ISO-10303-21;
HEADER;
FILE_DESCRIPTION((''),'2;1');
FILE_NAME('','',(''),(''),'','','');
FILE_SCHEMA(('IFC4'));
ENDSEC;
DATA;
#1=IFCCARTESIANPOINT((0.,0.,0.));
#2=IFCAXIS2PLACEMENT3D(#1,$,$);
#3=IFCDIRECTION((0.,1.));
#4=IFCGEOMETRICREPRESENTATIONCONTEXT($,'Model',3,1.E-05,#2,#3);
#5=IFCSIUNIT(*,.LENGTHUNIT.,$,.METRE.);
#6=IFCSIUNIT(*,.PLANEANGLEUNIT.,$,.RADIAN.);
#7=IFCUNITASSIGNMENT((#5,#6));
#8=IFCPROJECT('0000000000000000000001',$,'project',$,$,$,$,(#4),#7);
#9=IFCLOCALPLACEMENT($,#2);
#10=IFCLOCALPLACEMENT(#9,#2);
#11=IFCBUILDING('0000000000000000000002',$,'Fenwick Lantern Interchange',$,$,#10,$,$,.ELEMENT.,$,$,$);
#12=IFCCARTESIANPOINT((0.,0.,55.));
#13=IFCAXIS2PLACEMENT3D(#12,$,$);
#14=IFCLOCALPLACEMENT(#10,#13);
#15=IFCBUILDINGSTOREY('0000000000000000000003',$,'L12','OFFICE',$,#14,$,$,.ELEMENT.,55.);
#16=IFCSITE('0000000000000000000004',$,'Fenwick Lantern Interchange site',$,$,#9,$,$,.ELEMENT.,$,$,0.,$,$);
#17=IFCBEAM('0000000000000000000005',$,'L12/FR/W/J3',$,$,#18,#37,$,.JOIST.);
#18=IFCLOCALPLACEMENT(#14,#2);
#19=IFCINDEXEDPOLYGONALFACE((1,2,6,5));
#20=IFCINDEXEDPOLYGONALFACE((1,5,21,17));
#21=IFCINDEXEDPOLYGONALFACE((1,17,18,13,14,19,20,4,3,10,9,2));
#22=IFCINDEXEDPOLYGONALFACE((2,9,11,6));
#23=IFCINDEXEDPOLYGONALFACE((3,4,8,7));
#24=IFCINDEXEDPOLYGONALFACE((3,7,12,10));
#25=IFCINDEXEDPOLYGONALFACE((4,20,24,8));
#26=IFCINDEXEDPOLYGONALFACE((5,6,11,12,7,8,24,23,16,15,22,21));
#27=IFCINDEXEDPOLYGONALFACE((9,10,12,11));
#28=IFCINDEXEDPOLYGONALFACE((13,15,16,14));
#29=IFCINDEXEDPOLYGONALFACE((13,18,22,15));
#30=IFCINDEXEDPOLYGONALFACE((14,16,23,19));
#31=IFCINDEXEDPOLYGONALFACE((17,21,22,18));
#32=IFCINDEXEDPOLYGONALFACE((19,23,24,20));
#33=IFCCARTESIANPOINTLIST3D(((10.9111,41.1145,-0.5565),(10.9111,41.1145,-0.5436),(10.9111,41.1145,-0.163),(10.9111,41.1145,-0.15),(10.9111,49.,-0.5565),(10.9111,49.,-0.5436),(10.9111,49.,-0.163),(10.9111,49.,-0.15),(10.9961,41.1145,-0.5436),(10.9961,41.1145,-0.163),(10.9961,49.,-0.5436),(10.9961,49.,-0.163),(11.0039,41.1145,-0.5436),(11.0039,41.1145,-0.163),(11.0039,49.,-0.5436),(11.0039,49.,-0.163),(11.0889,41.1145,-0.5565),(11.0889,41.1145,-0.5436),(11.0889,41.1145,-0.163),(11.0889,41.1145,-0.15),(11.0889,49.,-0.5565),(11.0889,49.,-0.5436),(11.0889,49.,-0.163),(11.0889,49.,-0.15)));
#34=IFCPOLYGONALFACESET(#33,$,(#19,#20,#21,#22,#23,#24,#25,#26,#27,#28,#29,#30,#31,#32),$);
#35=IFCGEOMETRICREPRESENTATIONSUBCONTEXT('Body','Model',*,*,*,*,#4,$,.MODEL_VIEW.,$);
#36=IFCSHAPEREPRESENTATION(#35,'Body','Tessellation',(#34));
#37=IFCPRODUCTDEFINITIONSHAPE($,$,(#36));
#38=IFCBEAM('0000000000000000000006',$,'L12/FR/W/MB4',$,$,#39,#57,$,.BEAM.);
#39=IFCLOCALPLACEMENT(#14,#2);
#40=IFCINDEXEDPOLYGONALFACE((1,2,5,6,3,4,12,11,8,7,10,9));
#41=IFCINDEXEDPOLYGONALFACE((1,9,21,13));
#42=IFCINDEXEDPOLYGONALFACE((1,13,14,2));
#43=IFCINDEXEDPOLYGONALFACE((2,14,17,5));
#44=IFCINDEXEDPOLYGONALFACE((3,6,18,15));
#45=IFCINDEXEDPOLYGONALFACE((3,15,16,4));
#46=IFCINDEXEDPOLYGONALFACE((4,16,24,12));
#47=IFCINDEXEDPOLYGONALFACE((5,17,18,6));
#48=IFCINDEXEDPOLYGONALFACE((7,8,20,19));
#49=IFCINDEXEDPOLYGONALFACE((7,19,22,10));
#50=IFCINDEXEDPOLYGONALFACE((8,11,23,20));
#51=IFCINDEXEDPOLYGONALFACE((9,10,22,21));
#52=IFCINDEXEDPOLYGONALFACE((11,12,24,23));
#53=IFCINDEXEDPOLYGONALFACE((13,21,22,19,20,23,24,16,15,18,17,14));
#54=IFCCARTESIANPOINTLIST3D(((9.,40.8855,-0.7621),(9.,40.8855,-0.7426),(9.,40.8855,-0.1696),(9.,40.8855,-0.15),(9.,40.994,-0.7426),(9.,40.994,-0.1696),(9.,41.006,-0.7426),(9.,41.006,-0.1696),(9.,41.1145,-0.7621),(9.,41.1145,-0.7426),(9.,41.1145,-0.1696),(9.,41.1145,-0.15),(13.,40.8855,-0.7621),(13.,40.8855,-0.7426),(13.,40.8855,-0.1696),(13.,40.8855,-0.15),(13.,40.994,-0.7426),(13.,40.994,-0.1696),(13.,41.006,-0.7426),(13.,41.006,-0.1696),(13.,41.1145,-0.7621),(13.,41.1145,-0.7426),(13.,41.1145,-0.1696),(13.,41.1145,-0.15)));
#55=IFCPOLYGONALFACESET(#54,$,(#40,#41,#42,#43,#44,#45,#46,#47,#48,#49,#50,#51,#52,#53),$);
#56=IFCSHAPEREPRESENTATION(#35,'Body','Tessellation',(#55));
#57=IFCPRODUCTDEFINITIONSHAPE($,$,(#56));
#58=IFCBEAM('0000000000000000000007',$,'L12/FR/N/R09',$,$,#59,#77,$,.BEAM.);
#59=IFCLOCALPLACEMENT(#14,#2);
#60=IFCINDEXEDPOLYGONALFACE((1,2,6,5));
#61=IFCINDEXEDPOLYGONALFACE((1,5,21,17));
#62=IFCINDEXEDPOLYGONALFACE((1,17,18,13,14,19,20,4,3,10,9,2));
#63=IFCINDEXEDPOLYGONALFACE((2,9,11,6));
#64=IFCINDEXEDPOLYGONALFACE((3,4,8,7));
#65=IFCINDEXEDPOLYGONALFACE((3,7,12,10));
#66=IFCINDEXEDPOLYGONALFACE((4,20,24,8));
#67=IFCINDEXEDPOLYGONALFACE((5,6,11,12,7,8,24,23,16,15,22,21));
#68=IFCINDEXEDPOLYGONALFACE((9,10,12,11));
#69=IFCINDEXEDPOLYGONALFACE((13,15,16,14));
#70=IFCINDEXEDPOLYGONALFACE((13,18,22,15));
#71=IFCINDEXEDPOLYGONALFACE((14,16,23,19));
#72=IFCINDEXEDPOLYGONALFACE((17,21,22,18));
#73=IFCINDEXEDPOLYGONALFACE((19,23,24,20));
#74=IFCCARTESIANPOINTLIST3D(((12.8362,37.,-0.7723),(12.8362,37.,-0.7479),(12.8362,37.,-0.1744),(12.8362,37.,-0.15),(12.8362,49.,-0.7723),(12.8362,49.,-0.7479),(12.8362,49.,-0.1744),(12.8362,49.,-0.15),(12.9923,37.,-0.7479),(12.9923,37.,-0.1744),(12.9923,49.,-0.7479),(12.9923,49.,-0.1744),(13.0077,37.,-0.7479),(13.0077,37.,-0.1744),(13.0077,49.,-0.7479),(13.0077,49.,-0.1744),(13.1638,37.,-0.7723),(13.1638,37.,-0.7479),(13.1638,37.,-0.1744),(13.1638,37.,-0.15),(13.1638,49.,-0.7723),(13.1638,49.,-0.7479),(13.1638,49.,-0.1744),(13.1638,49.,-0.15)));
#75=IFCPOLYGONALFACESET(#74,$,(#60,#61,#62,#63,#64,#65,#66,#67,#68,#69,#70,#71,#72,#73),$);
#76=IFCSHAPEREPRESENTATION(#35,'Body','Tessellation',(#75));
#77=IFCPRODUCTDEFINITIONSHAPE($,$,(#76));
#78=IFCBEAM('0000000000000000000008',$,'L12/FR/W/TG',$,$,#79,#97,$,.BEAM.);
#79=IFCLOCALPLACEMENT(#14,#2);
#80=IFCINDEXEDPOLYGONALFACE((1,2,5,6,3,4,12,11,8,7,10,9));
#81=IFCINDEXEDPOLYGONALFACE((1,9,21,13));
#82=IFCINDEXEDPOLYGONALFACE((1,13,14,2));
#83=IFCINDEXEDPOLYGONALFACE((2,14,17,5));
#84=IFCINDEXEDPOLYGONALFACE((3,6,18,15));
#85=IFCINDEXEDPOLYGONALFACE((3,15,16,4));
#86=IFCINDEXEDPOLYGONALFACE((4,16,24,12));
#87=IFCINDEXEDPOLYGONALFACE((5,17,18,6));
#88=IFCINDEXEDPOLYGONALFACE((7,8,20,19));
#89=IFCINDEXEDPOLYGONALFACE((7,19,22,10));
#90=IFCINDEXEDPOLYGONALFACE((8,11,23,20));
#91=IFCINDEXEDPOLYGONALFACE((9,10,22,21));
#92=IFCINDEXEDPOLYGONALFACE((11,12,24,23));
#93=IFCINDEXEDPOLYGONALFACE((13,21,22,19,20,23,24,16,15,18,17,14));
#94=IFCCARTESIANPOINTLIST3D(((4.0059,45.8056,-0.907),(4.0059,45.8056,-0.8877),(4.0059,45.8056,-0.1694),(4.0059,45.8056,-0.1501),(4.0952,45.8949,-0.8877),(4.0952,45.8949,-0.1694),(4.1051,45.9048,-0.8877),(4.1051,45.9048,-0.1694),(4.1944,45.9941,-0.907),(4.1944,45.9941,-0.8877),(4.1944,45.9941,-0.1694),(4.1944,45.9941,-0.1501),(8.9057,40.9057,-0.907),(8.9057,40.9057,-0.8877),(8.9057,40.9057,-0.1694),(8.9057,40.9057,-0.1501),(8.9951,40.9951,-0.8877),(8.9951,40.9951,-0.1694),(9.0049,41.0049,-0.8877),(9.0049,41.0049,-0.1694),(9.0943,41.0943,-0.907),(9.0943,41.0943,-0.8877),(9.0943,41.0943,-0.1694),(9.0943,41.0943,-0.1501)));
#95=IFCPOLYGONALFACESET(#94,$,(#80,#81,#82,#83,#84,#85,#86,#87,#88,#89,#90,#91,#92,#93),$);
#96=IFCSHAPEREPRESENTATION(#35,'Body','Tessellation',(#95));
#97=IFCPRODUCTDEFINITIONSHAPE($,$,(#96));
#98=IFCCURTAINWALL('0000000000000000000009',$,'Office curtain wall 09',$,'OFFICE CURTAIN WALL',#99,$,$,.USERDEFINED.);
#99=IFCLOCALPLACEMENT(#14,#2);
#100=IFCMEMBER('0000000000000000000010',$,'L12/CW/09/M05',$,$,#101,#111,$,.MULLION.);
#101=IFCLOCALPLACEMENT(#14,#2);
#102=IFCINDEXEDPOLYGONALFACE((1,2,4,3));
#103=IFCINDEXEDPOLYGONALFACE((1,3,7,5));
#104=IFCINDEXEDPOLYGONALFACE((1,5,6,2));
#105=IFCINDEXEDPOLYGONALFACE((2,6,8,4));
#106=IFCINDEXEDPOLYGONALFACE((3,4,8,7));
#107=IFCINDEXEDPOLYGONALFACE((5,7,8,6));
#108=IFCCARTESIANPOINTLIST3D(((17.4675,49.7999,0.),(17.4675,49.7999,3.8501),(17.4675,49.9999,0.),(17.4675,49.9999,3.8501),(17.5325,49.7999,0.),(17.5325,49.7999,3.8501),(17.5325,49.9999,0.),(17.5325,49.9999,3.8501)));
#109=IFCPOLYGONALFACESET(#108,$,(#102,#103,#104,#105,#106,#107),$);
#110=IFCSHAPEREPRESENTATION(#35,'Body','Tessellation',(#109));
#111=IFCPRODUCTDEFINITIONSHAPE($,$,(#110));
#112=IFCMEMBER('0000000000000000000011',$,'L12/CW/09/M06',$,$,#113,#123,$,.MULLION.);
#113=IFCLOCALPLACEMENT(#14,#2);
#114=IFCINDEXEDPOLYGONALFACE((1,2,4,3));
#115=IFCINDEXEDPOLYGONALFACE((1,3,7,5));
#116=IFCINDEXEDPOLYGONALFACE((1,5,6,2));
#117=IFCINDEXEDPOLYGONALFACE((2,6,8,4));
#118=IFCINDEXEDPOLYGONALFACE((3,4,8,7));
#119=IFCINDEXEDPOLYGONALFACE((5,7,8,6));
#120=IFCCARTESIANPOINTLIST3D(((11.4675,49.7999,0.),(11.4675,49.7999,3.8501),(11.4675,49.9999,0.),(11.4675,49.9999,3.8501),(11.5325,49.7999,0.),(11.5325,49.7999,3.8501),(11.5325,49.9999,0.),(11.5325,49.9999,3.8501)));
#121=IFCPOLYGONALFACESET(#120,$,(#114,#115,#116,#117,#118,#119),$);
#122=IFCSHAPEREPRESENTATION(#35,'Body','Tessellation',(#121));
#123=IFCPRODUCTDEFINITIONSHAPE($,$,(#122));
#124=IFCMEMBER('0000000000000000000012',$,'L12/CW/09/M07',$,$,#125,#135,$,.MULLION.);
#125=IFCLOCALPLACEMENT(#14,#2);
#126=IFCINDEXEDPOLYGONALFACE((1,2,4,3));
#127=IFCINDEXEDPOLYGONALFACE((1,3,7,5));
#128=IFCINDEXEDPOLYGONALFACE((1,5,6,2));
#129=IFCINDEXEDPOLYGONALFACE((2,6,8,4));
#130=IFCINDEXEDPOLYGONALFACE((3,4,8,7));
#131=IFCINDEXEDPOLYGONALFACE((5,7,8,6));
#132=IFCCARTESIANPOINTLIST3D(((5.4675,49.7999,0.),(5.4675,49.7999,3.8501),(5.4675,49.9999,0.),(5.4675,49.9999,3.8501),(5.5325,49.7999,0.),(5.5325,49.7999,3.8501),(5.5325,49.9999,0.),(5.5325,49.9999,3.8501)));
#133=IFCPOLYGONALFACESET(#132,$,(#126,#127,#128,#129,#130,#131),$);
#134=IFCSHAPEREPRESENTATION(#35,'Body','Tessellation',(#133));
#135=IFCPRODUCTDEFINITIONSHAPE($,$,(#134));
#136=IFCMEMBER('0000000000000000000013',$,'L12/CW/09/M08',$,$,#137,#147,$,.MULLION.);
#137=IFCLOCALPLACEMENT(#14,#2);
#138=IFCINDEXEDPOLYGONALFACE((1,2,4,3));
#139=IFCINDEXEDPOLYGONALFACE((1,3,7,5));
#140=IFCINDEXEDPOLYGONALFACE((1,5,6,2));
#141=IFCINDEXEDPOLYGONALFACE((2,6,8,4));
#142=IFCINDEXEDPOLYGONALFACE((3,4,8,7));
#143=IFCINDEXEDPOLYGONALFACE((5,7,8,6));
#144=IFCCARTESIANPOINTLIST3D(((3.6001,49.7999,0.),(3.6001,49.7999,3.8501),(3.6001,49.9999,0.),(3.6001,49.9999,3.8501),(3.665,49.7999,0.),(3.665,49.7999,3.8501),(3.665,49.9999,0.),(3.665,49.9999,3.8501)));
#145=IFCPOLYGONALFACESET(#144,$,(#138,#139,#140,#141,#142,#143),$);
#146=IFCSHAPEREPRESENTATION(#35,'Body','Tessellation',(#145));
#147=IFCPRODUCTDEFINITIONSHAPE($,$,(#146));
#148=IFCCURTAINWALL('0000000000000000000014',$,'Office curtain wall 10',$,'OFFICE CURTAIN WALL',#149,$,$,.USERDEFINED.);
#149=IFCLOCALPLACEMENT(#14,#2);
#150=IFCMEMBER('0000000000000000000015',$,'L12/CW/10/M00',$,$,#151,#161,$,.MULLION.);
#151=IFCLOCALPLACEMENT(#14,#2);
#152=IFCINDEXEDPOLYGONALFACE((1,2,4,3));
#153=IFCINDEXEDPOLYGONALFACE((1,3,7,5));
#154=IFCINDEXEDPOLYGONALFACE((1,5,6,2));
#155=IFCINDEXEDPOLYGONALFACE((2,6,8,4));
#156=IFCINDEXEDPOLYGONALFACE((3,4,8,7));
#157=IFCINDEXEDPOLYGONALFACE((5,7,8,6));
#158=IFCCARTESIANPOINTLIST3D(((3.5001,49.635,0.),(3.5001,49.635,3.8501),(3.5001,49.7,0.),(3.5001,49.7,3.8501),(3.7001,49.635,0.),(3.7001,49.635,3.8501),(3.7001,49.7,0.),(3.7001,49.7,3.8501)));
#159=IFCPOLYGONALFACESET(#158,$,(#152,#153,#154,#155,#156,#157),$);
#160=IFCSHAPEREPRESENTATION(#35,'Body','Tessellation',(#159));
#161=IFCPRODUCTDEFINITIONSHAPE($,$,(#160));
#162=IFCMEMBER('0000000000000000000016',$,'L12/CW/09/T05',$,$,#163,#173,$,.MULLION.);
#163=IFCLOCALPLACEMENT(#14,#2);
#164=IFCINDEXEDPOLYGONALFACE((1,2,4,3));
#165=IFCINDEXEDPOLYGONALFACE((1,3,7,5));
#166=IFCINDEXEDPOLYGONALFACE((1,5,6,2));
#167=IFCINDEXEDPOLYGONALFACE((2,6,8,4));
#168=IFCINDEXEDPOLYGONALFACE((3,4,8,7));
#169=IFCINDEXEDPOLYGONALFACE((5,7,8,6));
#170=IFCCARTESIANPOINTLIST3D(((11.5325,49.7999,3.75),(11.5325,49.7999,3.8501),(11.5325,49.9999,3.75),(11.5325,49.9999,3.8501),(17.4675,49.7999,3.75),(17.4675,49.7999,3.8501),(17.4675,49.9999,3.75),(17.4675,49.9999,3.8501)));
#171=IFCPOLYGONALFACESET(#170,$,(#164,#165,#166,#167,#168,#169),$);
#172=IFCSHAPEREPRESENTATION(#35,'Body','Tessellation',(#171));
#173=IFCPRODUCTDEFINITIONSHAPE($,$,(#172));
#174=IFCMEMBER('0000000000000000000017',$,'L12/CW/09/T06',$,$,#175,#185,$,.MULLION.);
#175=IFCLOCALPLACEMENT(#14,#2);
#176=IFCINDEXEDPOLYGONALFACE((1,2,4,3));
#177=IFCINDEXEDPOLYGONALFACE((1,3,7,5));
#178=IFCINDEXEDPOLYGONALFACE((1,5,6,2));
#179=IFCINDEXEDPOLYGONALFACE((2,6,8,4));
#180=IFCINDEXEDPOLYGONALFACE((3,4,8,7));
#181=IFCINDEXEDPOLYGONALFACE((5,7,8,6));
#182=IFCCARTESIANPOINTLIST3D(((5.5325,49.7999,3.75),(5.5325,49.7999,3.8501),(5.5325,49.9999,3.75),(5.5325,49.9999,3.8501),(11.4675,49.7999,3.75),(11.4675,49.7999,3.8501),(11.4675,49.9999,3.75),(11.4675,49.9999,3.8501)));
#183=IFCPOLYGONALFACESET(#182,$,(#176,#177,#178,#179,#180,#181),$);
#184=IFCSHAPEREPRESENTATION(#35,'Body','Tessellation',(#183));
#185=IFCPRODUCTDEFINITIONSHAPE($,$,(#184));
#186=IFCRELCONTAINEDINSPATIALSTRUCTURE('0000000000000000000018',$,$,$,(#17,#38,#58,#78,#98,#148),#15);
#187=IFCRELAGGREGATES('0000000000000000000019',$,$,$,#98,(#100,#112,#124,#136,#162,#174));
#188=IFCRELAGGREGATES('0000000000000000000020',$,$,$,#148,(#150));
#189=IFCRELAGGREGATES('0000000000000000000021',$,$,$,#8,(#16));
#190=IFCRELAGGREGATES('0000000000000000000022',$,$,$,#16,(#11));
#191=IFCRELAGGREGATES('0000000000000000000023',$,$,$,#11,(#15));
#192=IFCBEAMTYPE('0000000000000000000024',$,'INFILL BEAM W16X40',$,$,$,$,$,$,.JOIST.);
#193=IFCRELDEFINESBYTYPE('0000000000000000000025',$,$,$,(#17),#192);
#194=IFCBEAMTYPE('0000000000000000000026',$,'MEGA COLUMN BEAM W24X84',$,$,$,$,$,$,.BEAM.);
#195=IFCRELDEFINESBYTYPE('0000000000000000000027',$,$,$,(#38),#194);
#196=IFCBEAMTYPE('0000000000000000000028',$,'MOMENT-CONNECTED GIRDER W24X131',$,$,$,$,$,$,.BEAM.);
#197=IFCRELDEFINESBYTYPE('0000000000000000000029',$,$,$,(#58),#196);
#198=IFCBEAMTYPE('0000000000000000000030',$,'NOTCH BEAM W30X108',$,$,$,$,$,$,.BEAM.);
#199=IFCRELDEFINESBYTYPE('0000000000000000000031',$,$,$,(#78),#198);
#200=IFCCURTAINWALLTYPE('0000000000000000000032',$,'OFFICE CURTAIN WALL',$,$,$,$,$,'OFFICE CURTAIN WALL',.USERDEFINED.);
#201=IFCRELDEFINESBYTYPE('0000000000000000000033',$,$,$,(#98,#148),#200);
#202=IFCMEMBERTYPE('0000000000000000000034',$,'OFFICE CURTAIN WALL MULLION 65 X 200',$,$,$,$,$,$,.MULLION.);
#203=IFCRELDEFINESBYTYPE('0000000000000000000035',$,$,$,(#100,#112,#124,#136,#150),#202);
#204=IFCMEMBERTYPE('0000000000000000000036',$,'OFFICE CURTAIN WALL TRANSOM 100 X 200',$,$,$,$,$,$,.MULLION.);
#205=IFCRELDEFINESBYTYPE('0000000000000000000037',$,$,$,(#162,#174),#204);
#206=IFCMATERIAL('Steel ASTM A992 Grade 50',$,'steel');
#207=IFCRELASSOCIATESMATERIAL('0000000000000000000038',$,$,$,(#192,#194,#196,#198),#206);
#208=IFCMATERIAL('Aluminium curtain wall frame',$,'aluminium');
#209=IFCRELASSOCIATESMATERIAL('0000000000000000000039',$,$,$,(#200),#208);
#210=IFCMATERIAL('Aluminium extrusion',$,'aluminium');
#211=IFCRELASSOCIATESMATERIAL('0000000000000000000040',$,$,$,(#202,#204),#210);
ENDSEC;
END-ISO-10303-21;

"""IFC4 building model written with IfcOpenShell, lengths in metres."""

from ifc_helpers import new_model, si_unit, direction, frame, origin, origin_2d, place, context, subcontext, project, spatial, rectangle, i_section, extrude, material, material_profile, profile_set, type_object, element, aggregate, save


model = new_model("IFC4")

# Units and contexts
model_context = context("Model", 3, precision=1e-05, world=origin(), true_north=direction((0.0, 1.0)))
body_context = subcontext(model_context, "Body", "Model", "MODEL_VIEW")
ifc_project = project(units=[si_unit("LENGTHUNIT", "METRE"), si_unit("PLANEANGLEUNIT", "RADIAN")], contexts=[model_context])

# Site, building, storey
site_placement = place(None, origin())
site = spatial("IfcSite", under=ifc_project, at=site_placement, Name="Fenwick Lantern Interchange site", CompositionType="ELEMENT", RefElevation=0.0)
building_placement = place(site_placement, origin())
building = spatial("IfcBuilding", under=site, at=building_placement, Name="Fenwick Lantern Interchange", CompositionType="ELEMENT")
storey_placement = place(building_placement, frame((0.0, 0.0, 55.0)))
storey = spatial("IfcBuildingStorey", under=building, at=storey_placement, Name="L12", Description="OFFICE", CompositionType="ELEMENT", Elevation=55.0)

# Shared definitions
ifc_material_1 = material(Name="Steel ASTM A992 Grade 50", Category="steel")

# Beams
ifc_material_profile_1 = material_profile(ifc_material_1, i_section(OverallWidth=0.1777, OverallDepth=0.4065, WebThickness=0.0078, FlangeThickness=0.0129, at=origin_2d()), Name="W16X40")
ifc_profile_set_1 = profile_set([ifc_material_profile_1], Name="Steel ASTM A992 Grade 50")
beam_type_1 = type_object("IfcBeamType", Name="INFILL BEAM W16X40", PredefinedType="JOIST", material=ifc_profile_set_1)
beam_1_placement = place(storey_placement, frame((11.0, 49.0, -0.3533), z_axis=(0.0, -1.0, 0.0), x_axis=(1.0, 0.0, 0.0)))
element("IfcBeam", 1, at=beam_1_placement, inside=storey, type_object=beam_type_1, Name="L12/FR/W/J3", PredefinedType="JOIST", context=body_context, shape_type="SweptSolid", body=[
    extrude(i_section(OverallWidth=0.1777, OverallDepth=0.4065, WebThickness=0.0078, FlangeThickness=0.0129, at=origin_2d()), origin(), (0.0, 0.0, 1.0), 7.8855),
])
ifc_material_profile_2 = material_profile(ifc_material_1, i_section(OverallWidth=0.229, OverallDepth=0.6121, WebThickness=0.012, FlangeThickness=0.0195, at=origin_2d()), Name="W24X84")
ifc_profile_set_2 = profile_set([ifc_material_profile_2], Name="Steel ASTM A992 Grade 50")
beam_type_2 = type_object("IfcBeamType", Name="MEGA COLUMN BEAM W24X84", PredefinedType="BEAM", material=ifc_profile_set_2)
beam_2_placement = place(storey_placement, frame((9.0, 41.0, -0.4561), z_axis=(1.0, 0.0, 0.0), x_axis=(0.0, 1.0, 0.0)))
element("IfcBeam", 2, at=beam_2_placement, inside=storey, type_object=beam_type_2, Name="L12/FR/W/MB4", PredefinedType="BEAM", context=body_context, shape_type="SweptSolid", body=[
    extrude(i_section(OverallWidth=0.229, OverallDepth=0.6121, WebThickness=0.012, FlangeThickness=0.0195, at=origin_2d()), origin(), (0.0, 0.0, 1.0), 4.0),
])
ifc_material_profile_3 = material_profile(ifc_material_1, i_section(OverallWidth=0.3276, OverallDepth=0.6223, WebThickness=0.0154, FlangeThickness=0.0244, at=origin_2d()), Name="W24X131")
ifc_profile_set_3 = profile_set([ifc_material_profile_3], Name="Steel ASTM A992 Grade 50")
beam_type_3 = type_object("IfcBeamType", Name="MOMENT-CONNECTED GIRDER W24X131", PredefinedType="BEAM", material=ifc_profile_set_3)
beam_3_placement = place(storey_placement, frame((13.0, 49.0, -0.4612), z_axis=(0.0, -1.0, 0.0), x_axis=(1.0, 0.0, 0.0)))
element("IfcBeam", 3, at=beam_3_placement, inside=storey, type_object=beam_type_3, Name="L12/FR/N/R09", PredefinedType="BEAM", context=body_context, shape_type="SweptSolid", body=[
    extrude(i_section(OverallWidth=0.3276, OverallDepth=0.6223, WebThickness=0.0154, FlangeThickness=0.0244, at=origin_2d()), origin(), (0.0, 0.0, 1.0), 12.0),
])
ifc_material_profile_4 = material_profile(ifc_material_1, i_section(OverallWidth=0.2666, OverallDepth=0.7568, WebThickness=0.0139, FlangeThickness=0.0193, at=origin_2d()), Name="W30X108")
ifc_profile_set_4 = profile_set([ifc_material_profile_4], Name="Steel ASTM A992 Grade 50")
beam_type_4 = type_object("IfcBeamType", Name="NOTCH BEAM W30X108", PredefinedType="BEAM", material=ifc_profile_set_4)
beam_4_placement = place(storey_placement, frame((9.0, 41.0, -0.5286), z_axis=(-0.707107, 0.707107, 0.0), x_axis=(-0.707107, -0.707107, 0.0)))
element("IfcBeam", 4, at=beam_4_placement, inside=storey, type_object=beam_type_4, Name="L12/FR/W/TG", PredefinedType="BEAM", context=body_context, shape_type="SweptSolid", body=[
    extrude(i_section(OverallWidth=0.2666, OverallDepth=0.7568, WebThickness=0.0139, FlangeThickness=0.0193, at=origin_2d()), origin(), (0.0, 0.0, 1.0), 6.9294),
])

# Curtain wall, members
ifc_material_2 = material(Name="Aluminium curtain wall frame", Category="aluminium")
curtain_wall_type = type_object("IfcCurtainWallType", Name="OFFICE CURTAIN WALL", ElementType="OFFICE CURTAIN WALL", PredefinedType="USERDEFINED", material=ifc_material_2)
curtain_wall_1_placement = place(storey_placement, origin())
curtain_wall_1 = element("IfcCurtainWall", 5, at=curtain_wall_1_placement, inside=storey, type_object=curtain_wall_type, Name="Office curtain wall 09", ObjectType="OFFICE CURTAIN WALL", PredefinedType="USERDEFINED")
ifc_material_3 = material(Name="Aluminium extrusion", Category="aluminium")
ifc_material_profile_5 = material_profile(ifc_material_3, rectangle(XDim=0.2, YDim=0.0649, at=origin_2d()), Name="OFFICE CURTAIN WALL MULLION 65 X 200")
ifc_profile_set_5 = profile_set([ifc_material_profile_5], Name="Aluminium extrusion")
member_type_1 = type_object("IfcMemberType", Name="OFFICE CURTAIN WALL MULLION 65 X 200", PredefinedType="MULLION", material=ifc_profile_set_5)
member_1_placement = place(storey_placement, frame((17.5, 49.8999, 0.0), z_axis=(0.0, 0.0, 1.0), x_axis=(0.0, -1.0, 0.0)))
member_1 = element("IfcMember", 6, at=member_1_placement, type_object=member_type_1, Name="L12/CW/09/M05", PredefinedType="MULLION", context=body_context, shape_type="SweptSolid", body=[
    extrude(rectangle(XDim=0.2, YDim=0.0649, at=origin_2d()), origin(), (0.0, 0.0, 1.0), 3.8501),
])
member_2_placement = place(storey_placement, frame((11.5, 49.8999, 0.0), z_axis=(0.0, 0.0, 1.0), x_axis=(0.0, -1.0, 0.0)))
member_2 = element("IfcMember", 7, at=member_2_placement, type_object=member_type_1, Name="L12/CW/09/M06", PredefinedType="MULLION", context=body_context, shape_type="SweptSolid", body=[
    extrude(rectangle(XDim=0.2, YDim=0.0649, at=origin_2d()), origin(), (0.0, 0.0, 1.0), 3.8501),
])
member_3_placement = place(storey_placement, frame((5.5, 49.8999, 0.0), z_axis=(0.0, 0.0, 1.0), x_axis=(0.0, -1.0, 0.0)))
member_3 = element("IfcMember", 8, at=member_3_placement, type_object=member_type_1, Name="L12/CW/09/M07", PredefinedType="MULLION", context=body_context, shape_type="SweptSolid", body=[
    extrude(rectangle(XDim=0.2, YDim=0.0649, at=origin_2d()), origin(), (0.0, 0.0, 1.0), 3.8501),
])
member_4_placement = place(storey_placement, frame((3.6326, 49.8999, 0.0), z_axis=(0.0, 0.0, 1.0), x_axis=(0.0, -1.0, 0.0)))
member_4 = element("IfcMember", 9, at=member_4_placement, type_object=member_type_1, Name="L12/CW/09/M08", PredefinedType="MULLION", context=body_context, shape_type="SweptSolid", body=[
    extrude(rectangle(XDim=0.2, YDim=0.0649, at=origin_2d()), origin(), (0.0, 0.0, 1.0), 3.8501),
])

# Curtain wall, member
curtain_wall_2_placement = place(storey_placement, origin())
curtain_wall_2 = element("IfcCurtainWall", 10, at=curtain_wall_2_placement, inside=storey, type_object=curtain_wall_type, Name="Office curtain wall 10", ObjectType="OFFICE CURTAIN WALL", PredefinedType="USERDEFINED")
member_5_placement = place(storey_placement, frame((3.6001, 49.6675, 0.0), z_axis=(0.0, 0.0, 1.0), x_axis=(1.0, 0.0, 0.0)))
member_5 = element("IfcMember", 11, at=member_5_placement, type_object=member_type_1, Name="L12/CW/10/M00", PredefinedType="MULLION", context=body_context, shape_type="SweptSolid", body=[
    extrude(rectangle(XDim=0.2, YDim=0.0649, at=origin_2d()), origin(), (0.0, 0.0, 1.0), 3.8501),
])

# Members
ifc_material_profile_6 = material_profile(ifc_material_3, rectangle(XDim=0.2, YDim=0.1001, at=origin_2d()), Name="OFFICE CURTAIN WALL TRANSOM 100 X 200")
ifc_profile_set_6 = profile_set([ifc_material_profile_6], Name="Aluminium extrusion")
member_type_2 = type_object("IfcMemberType", Name="OFFICE CURTAIN WALL TRANSOM 100 X 200", PredefinedType="MULLION", material=ifc_profile_set_6)
member_6_placement = place(storey_placement, frame((17.4675, 49.8999, 3.8), z_axis=(-1.0, 0.0, 0.0), x_axis=(0.0, -1.0, 0.0)))
member_6 = element("IfcMember", 12, at=member_6_placement, type_object=member_type_2, Name="L12/CW/09/T05", PredefinedType="MULLION", context=body_context, shape_type="SweptSolid", body=[
    extrude(rectangle(XDim=0.2, YDim=0.1001, at=origin_2d()), origin(), (0.0, 0.0, 1.0), 5.9351),
])
member_7_placement = place(storey_placement, frame((11.4675, 49.8999, 3.8), z_axis=(-1.0, 0.0, 0.0), x_axis=(0.0, -1.0, 0.0)))
member_7 = element("IfcMember", 13, at=member_7_placement, type_object=member_type_2, Name="L12/CW/09/T06", PredefinedType="MULLION", context=body_context, shape_type="SweptSolid", body=[
    extrude(rectangle(XDim=0.2, YDim=0.1001, at=origin_2d()), origin(), (0.0, 0.0, 1.0), 5.9351),
])

aggregate(curtain_wall_1, [member_1, member_2, member_3, member_4, member_6, member_7])
aggregate(curtain_wall_2, [member_5])

save(model, "model.ifc")
